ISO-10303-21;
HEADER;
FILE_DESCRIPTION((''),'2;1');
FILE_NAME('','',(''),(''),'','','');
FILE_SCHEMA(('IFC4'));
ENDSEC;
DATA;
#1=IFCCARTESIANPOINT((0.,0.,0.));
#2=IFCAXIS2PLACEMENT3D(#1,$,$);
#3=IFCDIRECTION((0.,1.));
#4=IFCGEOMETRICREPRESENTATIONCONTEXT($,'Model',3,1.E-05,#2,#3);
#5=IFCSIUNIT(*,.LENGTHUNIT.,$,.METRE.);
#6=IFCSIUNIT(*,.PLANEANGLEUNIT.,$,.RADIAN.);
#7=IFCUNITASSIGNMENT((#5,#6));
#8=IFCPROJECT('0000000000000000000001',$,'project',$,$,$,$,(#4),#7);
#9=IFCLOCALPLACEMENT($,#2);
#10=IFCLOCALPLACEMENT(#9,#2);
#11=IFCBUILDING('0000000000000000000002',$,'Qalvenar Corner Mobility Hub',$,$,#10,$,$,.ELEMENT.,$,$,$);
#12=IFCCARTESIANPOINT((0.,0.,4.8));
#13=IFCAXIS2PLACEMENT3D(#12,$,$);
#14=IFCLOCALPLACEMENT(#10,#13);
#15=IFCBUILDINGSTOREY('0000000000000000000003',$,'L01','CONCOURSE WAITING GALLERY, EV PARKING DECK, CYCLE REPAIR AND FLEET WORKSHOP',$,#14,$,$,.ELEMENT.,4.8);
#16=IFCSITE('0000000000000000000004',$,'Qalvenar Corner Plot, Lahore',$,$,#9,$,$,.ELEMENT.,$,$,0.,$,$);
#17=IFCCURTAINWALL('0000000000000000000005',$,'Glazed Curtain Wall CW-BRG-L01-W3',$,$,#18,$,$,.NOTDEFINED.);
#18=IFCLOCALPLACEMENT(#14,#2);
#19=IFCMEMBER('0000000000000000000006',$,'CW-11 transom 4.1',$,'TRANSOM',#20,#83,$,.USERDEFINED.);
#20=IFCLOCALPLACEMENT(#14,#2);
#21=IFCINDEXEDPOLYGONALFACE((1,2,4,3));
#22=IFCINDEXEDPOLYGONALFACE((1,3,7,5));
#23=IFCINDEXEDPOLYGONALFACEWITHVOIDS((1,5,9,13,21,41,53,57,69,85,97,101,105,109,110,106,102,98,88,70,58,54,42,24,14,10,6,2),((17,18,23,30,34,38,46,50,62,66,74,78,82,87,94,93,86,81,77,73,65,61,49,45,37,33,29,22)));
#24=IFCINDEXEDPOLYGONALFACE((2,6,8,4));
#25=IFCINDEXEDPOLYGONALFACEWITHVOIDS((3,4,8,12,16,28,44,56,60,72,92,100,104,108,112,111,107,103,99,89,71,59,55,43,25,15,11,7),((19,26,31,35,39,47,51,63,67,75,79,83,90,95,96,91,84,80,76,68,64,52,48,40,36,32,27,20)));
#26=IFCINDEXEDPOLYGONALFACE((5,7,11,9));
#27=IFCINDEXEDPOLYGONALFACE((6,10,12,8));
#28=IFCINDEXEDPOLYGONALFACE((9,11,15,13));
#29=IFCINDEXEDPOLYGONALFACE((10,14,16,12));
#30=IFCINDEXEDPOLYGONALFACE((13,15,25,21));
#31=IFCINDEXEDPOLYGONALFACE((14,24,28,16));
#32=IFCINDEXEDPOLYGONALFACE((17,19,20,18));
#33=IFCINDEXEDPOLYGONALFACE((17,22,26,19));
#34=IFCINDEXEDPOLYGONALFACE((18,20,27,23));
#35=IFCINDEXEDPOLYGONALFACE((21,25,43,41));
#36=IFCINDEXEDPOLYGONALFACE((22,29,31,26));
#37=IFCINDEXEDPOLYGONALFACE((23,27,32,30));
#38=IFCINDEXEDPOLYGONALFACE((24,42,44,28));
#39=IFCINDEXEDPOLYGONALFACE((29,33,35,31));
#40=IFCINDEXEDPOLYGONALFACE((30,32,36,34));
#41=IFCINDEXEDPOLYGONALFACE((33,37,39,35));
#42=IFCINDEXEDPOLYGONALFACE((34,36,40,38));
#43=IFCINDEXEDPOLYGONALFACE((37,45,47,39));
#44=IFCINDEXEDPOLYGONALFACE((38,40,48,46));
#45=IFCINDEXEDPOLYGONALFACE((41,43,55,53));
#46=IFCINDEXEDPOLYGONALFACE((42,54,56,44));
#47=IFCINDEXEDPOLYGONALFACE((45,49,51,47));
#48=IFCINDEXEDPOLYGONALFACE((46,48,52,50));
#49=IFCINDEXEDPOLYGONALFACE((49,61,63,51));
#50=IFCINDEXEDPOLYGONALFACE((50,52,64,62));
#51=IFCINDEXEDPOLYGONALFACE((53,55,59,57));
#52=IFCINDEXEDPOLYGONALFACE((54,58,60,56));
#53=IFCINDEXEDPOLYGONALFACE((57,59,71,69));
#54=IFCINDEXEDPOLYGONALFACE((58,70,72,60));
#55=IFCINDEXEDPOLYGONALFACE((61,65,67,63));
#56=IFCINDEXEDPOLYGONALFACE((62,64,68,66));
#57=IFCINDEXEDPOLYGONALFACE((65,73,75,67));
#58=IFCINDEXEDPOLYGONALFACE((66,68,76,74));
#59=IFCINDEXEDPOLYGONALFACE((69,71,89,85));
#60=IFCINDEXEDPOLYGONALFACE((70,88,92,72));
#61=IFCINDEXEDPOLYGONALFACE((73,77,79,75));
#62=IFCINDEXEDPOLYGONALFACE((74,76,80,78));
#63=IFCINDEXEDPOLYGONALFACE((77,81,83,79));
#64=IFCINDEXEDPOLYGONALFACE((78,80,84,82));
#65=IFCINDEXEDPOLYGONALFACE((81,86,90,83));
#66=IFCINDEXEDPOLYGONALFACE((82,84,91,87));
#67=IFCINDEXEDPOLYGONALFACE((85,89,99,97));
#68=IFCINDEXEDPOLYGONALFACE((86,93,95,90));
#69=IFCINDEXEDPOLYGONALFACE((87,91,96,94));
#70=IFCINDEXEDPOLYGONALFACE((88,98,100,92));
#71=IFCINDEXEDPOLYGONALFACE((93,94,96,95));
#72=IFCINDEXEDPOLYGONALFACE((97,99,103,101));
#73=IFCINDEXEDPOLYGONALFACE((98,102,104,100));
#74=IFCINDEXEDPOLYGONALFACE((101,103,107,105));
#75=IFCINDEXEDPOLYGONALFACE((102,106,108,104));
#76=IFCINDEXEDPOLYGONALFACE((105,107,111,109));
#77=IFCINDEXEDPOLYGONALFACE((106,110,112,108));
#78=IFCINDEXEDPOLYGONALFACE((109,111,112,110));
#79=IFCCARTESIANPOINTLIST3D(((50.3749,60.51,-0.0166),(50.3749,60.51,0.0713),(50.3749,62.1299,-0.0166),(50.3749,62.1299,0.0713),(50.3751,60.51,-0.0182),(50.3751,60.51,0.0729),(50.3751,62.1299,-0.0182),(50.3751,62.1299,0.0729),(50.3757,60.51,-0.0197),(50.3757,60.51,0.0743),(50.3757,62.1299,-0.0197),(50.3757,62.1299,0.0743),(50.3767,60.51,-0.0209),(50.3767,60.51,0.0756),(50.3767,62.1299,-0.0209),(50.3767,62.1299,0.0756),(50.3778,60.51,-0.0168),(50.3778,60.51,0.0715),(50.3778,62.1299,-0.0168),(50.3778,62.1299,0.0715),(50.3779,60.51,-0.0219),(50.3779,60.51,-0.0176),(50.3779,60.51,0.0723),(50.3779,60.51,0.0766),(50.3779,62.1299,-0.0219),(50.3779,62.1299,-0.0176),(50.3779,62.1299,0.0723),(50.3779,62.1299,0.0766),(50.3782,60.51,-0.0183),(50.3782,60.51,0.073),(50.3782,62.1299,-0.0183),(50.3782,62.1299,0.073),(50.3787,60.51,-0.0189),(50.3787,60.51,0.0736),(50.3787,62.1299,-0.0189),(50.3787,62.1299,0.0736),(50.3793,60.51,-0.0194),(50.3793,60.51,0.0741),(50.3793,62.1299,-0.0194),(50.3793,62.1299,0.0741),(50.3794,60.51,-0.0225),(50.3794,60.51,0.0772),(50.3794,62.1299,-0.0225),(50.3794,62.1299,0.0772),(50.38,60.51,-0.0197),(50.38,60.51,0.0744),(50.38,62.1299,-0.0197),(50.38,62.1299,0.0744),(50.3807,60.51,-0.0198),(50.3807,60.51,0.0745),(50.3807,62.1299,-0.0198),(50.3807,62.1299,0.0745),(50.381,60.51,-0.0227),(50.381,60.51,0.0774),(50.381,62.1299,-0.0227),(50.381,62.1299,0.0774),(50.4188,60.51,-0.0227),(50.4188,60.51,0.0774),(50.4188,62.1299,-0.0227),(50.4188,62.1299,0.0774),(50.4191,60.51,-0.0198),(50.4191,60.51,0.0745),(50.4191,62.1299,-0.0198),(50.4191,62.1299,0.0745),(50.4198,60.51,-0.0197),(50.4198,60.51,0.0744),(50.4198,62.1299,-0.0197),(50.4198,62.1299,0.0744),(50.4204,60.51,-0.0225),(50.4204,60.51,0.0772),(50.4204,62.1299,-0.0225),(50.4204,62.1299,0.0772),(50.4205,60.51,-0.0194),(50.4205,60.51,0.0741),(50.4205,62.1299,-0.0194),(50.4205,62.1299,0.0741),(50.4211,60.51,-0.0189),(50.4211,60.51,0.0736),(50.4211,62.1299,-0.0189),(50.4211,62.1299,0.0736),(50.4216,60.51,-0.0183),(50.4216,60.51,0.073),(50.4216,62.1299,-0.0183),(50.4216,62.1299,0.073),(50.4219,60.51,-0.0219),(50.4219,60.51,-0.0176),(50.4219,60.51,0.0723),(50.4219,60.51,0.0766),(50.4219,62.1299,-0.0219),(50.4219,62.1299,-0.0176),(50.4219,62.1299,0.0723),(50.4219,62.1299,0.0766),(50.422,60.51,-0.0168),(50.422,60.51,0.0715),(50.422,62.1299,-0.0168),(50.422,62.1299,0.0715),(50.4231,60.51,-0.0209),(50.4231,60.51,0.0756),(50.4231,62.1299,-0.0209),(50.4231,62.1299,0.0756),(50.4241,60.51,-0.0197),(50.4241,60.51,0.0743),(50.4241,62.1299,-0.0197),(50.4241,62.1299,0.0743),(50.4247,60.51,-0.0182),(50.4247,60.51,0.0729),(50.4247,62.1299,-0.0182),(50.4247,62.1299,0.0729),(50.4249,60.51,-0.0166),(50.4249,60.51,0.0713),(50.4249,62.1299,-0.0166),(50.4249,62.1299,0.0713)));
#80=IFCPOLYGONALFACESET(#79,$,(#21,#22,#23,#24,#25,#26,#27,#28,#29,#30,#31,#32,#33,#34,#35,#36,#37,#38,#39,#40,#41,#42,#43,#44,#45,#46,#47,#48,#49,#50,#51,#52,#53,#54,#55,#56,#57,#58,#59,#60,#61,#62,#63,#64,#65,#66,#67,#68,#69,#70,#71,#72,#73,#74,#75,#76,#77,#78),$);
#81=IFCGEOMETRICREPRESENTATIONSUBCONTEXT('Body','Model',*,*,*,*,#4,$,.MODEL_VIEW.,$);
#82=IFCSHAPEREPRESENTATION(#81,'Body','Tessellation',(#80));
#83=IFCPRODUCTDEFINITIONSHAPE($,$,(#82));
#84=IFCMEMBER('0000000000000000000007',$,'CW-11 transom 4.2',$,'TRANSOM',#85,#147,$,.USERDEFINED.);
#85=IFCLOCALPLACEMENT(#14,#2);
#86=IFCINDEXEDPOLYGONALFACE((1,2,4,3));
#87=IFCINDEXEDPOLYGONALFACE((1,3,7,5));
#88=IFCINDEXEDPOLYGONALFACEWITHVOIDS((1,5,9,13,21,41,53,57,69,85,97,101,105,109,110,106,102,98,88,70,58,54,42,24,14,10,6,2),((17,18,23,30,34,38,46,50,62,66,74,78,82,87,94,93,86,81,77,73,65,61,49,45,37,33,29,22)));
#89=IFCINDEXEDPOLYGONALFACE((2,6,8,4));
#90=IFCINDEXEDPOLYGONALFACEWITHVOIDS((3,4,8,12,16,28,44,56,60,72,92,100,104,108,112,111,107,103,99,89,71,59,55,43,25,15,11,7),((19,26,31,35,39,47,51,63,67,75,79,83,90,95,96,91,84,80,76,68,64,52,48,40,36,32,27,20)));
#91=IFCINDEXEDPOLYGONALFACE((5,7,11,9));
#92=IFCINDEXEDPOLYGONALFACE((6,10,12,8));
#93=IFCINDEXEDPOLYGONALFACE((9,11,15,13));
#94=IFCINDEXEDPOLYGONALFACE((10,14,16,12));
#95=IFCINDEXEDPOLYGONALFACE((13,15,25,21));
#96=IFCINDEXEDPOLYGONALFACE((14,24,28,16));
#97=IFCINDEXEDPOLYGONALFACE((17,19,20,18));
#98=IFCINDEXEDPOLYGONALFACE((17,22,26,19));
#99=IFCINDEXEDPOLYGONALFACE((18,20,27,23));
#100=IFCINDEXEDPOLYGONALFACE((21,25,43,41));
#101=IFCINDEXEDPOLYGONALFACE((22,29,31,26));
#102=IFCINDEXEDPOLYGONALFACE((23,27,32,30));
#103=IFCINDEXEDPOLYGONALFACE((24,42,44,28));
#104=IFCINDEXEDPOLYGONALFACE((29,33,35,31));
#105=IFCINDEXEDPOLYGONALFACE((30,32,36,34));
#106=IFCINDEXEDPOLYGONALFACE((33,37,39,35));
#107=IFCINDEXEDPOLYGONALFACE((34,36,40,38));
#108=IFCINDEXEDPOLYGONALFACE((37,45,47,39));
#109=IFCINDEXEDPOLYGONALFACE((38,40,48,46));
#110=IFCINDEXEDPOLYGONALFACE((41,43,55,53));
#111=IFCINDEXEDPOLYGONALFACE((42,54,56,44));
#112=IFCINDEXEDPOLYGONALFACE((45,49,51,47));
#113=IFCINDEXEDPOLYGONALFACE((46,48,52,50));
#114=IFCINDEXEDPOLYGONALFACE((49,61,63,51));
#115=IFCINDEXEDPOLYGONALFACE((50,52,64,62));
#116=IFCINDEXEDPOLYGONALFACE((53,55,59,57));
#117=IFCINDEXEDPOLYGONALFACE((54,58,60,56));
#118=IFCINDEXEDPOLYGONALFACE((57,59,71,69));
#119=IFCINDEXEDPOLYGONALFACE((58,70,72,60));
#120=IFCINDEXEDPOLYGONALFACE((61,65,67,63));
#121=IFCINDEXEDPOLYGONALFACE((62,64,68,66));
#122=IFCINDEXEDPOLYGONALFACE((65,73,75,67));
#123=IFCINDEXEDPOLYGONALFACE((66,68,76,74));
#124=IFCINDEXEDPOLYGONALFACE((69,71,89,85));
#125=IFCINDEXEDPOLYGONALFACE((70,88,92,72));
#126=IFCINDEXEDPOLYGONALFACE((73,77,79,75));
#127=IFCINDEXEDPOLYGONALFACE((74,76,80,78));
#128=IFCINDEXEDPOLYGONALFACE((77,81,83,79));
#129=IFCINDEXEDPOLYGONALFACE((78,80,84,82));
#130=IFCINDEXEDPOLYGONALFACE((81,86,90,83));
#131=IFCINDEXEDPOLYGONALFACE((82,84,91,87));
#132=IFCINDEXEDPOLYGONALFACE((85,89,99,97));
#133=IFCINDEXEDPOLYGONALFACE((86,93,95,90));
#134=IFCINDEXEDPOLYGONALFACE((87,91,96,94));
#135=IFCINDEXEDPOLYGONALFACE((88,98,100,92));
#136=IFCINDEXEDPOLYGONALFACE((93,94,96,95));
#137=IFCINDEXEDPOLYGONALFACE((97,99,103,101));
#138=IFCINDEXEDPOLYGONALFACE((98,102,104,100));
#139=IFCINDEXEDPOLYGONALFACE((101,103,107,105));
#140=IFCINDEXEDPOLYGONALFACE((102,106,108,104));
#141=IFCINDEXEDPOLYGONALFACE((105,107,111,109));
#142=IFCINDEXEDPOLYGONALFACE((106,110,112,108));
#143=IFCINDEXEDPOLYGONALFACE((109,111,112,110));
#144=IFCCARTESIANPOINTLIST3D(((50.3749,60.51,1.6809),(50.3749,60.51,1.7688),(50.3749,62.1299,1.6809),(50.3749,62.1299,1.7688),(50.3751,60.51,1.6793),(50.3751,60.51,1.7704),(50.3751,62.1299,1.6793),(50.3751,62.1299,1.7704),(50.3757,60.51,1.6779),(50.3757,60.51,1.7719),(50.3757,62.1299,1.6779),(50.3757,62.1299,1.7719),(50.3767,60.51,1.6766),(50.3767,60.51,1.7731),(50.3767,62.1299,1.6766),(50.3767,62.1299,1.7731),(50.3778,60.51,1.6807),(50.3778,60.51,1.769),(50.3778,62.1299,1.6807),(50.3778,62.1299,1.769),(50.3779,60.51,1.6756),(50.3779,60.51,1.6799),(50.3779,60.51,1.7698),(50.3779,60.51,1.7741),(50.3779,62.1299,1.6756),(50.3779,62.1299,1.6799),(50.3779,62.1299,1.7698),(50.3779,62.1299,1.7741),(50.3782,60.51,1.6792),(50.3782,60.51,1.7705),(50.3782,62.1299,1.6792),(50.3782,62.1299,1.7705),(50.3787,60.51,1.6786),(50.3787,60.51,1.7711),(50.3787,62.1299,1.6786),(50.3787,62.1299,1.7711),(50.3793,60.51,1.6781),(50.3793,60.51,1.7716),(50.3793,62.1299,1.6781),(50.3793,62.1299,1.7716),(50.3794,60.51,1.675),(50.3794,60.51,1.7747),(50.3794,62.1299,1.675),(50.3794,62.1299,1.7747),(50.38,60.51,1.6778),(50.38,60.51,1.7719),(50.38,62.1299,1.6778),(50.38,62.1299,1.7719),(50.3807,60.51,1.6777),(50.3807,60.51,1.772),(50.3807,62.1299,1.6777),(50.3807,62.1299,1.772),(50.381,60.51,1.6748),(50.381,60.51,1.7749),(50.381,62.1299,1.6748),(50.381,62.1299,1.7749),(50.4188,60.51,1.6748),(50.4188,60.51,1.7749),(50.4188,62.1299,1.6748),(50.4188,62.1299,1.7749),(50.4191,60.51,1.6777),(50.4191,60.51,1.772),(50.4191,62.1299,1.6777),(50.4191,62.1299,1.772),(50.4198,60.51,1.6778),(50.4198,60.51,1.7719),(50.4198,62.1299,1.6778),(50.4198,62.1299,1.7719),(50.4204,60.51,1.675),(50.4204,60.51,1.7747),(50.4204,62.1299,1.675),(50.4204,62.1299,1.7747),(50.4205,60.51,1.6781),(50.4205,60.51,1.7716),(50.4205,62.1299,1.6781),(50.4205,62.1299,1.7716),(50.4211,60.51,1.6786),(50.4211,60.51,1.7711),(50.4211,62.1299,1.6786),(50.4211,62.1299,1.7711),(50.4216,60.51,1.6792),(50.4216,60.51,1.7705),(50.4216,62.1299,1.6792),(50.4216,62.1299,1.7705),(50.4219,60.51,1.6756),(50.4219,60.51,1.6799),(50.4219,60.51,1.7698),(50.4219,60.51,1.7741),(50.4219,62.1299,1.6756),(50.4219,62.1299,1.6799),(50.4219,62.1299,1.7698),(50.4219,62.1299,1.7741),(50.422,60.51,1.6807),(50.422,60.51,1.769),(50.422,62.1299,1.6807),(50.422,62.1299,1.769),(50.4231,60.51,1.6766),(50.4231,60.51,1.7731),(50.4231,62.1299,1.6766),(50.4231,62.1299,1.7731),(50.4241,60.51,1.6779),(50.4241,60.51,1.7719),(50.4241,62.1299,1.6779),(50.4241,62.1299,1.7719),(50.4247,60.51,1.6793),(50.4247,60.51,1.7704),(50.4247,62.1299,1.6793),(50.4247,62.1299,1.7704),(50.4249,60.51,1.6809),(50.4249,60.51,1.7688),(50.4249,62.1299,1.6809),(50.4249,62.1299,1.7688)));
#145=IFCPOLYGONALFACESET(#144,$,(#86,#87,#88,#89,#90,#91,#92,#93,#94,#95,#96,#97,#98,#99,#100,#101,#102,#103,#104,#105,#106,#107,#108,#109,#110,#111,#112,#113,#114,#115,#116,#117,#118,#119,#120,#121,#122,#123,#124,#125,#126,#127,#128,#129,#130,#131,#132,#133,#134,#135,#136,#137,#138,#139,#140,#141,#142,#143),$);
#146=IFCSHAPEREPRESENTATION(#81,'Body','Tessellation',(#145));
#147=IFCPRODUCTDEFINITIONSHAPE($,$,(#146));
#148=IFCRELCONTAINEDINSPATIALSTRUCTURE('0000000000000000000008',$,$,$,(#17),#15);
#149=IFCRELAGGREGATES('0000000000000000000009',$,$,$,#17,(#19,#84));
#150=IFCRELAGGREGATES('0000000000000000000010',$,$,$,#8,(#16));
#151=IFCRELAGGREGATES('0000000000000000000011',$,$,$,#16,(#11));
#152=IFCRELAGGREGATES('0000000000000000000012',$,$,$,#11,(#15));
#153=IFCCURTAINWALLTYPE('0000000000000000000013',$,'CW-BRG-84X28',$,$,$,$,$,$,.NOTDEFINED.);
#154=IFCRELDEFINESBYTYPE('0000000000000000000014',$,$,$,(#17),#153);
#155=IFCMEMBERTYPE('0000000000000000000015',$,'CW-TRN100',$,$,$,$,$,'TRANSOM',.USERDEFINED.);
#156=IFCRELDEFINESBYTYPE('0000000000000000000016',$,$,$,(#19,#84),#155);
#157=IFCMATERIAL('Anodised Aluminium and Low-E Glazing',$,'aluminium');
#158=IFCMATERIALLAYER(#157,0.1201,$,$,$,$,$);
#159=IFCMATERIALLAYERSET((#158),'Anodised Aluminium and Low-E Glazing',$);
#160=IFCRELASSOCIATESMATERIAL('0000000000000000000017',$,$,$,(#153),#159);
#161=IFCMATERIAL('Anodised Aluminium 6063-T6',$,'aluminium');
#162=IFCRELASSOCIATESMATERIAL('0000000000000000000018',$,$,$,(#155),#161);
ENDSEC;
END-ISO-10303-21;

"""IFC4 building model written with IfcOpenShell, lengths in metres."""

from ifc_helpers import new_model, si_unit, direction, frame, origin, origin_2d, place, context, subcontext, project, spatial, hollow_rectangle, extrude, material, layer, layer_set, material_profile, profile_set, type_object, element, aggregate, save


model = new_model("IFC4")

# Units and contexts
model_context = context("Model", 3, precision=1e-05, world=origin(), true_north=direction((0.0, 1.0)))
body_context = subcontext(model_context, "Body", "Model", "MODEL_VIEW")
ifc_project = project(units=[si_unit("LENGTHUNIT", "METRE"), si_unit("PLANEANGLEUNIT", "RADIAN")], contexts=[model_context])

# Site, building, storey
site_placement = place(None, origin())
site = spatial("IfcSite", under=ifc_project, at=site_placement, Name="Qalvenar Corner Plot, Lahore", CompositionType="ELEMENT", RefElevation=0.0)
building_placement = place(site_placement, origin())
building = spatial("IfcBuilding", under=site, at=building_placement, Name="Qalvenar Corner Mobility Hub", CompositionType="ELEMENT")
storey_placement = place(building_placement, frame((0.0, 0.0, 4.8)))
storey = spatial("IfcBuildingStorey", under=building, at=storey_placement, Name="L01", Description="CONCOURSE WAITING GALLERY, EV PARKING DECK, CYCLE REPAIR AND FLEET WORKSHOP", CompositionType="ELEMENT", Elevation=4.8)

# Shared definitions
ifc_material_1 = material(Name="Anodised Aluminium and Low-E Glazing", Category="aluminium")
ifc_layer_1 = layer(ifc_material_1, 0.1201)
ifc_layer_set_1 = layer_set([ifc_layer_1], Name="Anodised Aluminium and Low-E Glazing")
curtain_wall_type = type_object("IfcCurtainWallType", Name="CW-BRG-84X28", PredefinedType="NOTDEFINED", material=ifc_layer_set_1)
ifc_material_2 = material(Name="Anodised Aluminium 6063-T6", Category="aluminium")

# Curtain wall
curtain_wall_1_placement = place(storey_placement, origin())
curtain_wall_1 = element("IfcCurtainWall", 1, at=curtain_wall_1_placement, inside=storey, type_object=curtain_wall_type, Name="Glazed Curtain Wall CW-BRG-L01-W3", PredefinedType="NOTDEFINED")

# Members
ifc_material_profile_1 = material_profile(ifc_material_2, hollow_rectangle(XDim=0.05, YDim=0.1001, WallThickness=0.0029, InnerFilletRadius=0.0029, OuterFilletRadius=0.0061, at=origin_2d()), Name="RHS100x50x3")
ifc_profile_set_1 = profile_set([ifc_material_profile_1], Name="Anodised Aluminium 6063-T6")
member_type_1 = type_object("IfcMemberType", Name="CW-TRN100", ElementType="TRANSOM", PredefinedType="USERDEFINED", material=ifc_profile_set_1)
member_1_placement = place(storey_placement, frame((50.3999, 62.1299, 0.0273), z_axis=(0.0, -1.0, 0.0), x_axis=(1.0, 0.0, 0.0)))
member_1 = element("IfcMember", 2, at=member_1_placement, type_object=member_type_1, Name="CW-11 transom 4.1", ObjectType="TRANSOM", PredefinedType="USERDEFINED", context=body_context, shape_type="SweptSolid", body=[
    extrude(hollow_rectangle(XDim=0.05, YDim=0.1001, WallThickness=0.0029, InnerFilletRadius=0.0029, OuterFilletRadius=0.0061, at=origin_2d()), origin(), (0.0, 0.0, 1.0), 1.6199),
])
member_2_placement = place(storey_placement, frame((50.3999, 62.1299, 1.7249), z_axis=(0.0, -1.0, 0.0), x_axis=(1.0, 0.0, 0.0)))
member_2 = element("IfcMember", 3, at=member_2_placement, type_object=member_type_1, Name="CW-11 transom 4.2", ObjectType="TRANSOM", PredefinedType="USERDEFINED", context=body_context, shape_type="SweptSolid", body=[
    extrude(hollow_rectangle(XDim=0.05, YDim=0.1001, WallThickness=0.0029, InnerFilletRadius=0.0029, OuterFilletRadius=0.0061, at=origin_2d()), origin(), (0.0, 0.0, 1.0), 1.6199),
])

aggregate(curtain_wall_1, [member_1, member_2])

save(model, "model.ifc")
